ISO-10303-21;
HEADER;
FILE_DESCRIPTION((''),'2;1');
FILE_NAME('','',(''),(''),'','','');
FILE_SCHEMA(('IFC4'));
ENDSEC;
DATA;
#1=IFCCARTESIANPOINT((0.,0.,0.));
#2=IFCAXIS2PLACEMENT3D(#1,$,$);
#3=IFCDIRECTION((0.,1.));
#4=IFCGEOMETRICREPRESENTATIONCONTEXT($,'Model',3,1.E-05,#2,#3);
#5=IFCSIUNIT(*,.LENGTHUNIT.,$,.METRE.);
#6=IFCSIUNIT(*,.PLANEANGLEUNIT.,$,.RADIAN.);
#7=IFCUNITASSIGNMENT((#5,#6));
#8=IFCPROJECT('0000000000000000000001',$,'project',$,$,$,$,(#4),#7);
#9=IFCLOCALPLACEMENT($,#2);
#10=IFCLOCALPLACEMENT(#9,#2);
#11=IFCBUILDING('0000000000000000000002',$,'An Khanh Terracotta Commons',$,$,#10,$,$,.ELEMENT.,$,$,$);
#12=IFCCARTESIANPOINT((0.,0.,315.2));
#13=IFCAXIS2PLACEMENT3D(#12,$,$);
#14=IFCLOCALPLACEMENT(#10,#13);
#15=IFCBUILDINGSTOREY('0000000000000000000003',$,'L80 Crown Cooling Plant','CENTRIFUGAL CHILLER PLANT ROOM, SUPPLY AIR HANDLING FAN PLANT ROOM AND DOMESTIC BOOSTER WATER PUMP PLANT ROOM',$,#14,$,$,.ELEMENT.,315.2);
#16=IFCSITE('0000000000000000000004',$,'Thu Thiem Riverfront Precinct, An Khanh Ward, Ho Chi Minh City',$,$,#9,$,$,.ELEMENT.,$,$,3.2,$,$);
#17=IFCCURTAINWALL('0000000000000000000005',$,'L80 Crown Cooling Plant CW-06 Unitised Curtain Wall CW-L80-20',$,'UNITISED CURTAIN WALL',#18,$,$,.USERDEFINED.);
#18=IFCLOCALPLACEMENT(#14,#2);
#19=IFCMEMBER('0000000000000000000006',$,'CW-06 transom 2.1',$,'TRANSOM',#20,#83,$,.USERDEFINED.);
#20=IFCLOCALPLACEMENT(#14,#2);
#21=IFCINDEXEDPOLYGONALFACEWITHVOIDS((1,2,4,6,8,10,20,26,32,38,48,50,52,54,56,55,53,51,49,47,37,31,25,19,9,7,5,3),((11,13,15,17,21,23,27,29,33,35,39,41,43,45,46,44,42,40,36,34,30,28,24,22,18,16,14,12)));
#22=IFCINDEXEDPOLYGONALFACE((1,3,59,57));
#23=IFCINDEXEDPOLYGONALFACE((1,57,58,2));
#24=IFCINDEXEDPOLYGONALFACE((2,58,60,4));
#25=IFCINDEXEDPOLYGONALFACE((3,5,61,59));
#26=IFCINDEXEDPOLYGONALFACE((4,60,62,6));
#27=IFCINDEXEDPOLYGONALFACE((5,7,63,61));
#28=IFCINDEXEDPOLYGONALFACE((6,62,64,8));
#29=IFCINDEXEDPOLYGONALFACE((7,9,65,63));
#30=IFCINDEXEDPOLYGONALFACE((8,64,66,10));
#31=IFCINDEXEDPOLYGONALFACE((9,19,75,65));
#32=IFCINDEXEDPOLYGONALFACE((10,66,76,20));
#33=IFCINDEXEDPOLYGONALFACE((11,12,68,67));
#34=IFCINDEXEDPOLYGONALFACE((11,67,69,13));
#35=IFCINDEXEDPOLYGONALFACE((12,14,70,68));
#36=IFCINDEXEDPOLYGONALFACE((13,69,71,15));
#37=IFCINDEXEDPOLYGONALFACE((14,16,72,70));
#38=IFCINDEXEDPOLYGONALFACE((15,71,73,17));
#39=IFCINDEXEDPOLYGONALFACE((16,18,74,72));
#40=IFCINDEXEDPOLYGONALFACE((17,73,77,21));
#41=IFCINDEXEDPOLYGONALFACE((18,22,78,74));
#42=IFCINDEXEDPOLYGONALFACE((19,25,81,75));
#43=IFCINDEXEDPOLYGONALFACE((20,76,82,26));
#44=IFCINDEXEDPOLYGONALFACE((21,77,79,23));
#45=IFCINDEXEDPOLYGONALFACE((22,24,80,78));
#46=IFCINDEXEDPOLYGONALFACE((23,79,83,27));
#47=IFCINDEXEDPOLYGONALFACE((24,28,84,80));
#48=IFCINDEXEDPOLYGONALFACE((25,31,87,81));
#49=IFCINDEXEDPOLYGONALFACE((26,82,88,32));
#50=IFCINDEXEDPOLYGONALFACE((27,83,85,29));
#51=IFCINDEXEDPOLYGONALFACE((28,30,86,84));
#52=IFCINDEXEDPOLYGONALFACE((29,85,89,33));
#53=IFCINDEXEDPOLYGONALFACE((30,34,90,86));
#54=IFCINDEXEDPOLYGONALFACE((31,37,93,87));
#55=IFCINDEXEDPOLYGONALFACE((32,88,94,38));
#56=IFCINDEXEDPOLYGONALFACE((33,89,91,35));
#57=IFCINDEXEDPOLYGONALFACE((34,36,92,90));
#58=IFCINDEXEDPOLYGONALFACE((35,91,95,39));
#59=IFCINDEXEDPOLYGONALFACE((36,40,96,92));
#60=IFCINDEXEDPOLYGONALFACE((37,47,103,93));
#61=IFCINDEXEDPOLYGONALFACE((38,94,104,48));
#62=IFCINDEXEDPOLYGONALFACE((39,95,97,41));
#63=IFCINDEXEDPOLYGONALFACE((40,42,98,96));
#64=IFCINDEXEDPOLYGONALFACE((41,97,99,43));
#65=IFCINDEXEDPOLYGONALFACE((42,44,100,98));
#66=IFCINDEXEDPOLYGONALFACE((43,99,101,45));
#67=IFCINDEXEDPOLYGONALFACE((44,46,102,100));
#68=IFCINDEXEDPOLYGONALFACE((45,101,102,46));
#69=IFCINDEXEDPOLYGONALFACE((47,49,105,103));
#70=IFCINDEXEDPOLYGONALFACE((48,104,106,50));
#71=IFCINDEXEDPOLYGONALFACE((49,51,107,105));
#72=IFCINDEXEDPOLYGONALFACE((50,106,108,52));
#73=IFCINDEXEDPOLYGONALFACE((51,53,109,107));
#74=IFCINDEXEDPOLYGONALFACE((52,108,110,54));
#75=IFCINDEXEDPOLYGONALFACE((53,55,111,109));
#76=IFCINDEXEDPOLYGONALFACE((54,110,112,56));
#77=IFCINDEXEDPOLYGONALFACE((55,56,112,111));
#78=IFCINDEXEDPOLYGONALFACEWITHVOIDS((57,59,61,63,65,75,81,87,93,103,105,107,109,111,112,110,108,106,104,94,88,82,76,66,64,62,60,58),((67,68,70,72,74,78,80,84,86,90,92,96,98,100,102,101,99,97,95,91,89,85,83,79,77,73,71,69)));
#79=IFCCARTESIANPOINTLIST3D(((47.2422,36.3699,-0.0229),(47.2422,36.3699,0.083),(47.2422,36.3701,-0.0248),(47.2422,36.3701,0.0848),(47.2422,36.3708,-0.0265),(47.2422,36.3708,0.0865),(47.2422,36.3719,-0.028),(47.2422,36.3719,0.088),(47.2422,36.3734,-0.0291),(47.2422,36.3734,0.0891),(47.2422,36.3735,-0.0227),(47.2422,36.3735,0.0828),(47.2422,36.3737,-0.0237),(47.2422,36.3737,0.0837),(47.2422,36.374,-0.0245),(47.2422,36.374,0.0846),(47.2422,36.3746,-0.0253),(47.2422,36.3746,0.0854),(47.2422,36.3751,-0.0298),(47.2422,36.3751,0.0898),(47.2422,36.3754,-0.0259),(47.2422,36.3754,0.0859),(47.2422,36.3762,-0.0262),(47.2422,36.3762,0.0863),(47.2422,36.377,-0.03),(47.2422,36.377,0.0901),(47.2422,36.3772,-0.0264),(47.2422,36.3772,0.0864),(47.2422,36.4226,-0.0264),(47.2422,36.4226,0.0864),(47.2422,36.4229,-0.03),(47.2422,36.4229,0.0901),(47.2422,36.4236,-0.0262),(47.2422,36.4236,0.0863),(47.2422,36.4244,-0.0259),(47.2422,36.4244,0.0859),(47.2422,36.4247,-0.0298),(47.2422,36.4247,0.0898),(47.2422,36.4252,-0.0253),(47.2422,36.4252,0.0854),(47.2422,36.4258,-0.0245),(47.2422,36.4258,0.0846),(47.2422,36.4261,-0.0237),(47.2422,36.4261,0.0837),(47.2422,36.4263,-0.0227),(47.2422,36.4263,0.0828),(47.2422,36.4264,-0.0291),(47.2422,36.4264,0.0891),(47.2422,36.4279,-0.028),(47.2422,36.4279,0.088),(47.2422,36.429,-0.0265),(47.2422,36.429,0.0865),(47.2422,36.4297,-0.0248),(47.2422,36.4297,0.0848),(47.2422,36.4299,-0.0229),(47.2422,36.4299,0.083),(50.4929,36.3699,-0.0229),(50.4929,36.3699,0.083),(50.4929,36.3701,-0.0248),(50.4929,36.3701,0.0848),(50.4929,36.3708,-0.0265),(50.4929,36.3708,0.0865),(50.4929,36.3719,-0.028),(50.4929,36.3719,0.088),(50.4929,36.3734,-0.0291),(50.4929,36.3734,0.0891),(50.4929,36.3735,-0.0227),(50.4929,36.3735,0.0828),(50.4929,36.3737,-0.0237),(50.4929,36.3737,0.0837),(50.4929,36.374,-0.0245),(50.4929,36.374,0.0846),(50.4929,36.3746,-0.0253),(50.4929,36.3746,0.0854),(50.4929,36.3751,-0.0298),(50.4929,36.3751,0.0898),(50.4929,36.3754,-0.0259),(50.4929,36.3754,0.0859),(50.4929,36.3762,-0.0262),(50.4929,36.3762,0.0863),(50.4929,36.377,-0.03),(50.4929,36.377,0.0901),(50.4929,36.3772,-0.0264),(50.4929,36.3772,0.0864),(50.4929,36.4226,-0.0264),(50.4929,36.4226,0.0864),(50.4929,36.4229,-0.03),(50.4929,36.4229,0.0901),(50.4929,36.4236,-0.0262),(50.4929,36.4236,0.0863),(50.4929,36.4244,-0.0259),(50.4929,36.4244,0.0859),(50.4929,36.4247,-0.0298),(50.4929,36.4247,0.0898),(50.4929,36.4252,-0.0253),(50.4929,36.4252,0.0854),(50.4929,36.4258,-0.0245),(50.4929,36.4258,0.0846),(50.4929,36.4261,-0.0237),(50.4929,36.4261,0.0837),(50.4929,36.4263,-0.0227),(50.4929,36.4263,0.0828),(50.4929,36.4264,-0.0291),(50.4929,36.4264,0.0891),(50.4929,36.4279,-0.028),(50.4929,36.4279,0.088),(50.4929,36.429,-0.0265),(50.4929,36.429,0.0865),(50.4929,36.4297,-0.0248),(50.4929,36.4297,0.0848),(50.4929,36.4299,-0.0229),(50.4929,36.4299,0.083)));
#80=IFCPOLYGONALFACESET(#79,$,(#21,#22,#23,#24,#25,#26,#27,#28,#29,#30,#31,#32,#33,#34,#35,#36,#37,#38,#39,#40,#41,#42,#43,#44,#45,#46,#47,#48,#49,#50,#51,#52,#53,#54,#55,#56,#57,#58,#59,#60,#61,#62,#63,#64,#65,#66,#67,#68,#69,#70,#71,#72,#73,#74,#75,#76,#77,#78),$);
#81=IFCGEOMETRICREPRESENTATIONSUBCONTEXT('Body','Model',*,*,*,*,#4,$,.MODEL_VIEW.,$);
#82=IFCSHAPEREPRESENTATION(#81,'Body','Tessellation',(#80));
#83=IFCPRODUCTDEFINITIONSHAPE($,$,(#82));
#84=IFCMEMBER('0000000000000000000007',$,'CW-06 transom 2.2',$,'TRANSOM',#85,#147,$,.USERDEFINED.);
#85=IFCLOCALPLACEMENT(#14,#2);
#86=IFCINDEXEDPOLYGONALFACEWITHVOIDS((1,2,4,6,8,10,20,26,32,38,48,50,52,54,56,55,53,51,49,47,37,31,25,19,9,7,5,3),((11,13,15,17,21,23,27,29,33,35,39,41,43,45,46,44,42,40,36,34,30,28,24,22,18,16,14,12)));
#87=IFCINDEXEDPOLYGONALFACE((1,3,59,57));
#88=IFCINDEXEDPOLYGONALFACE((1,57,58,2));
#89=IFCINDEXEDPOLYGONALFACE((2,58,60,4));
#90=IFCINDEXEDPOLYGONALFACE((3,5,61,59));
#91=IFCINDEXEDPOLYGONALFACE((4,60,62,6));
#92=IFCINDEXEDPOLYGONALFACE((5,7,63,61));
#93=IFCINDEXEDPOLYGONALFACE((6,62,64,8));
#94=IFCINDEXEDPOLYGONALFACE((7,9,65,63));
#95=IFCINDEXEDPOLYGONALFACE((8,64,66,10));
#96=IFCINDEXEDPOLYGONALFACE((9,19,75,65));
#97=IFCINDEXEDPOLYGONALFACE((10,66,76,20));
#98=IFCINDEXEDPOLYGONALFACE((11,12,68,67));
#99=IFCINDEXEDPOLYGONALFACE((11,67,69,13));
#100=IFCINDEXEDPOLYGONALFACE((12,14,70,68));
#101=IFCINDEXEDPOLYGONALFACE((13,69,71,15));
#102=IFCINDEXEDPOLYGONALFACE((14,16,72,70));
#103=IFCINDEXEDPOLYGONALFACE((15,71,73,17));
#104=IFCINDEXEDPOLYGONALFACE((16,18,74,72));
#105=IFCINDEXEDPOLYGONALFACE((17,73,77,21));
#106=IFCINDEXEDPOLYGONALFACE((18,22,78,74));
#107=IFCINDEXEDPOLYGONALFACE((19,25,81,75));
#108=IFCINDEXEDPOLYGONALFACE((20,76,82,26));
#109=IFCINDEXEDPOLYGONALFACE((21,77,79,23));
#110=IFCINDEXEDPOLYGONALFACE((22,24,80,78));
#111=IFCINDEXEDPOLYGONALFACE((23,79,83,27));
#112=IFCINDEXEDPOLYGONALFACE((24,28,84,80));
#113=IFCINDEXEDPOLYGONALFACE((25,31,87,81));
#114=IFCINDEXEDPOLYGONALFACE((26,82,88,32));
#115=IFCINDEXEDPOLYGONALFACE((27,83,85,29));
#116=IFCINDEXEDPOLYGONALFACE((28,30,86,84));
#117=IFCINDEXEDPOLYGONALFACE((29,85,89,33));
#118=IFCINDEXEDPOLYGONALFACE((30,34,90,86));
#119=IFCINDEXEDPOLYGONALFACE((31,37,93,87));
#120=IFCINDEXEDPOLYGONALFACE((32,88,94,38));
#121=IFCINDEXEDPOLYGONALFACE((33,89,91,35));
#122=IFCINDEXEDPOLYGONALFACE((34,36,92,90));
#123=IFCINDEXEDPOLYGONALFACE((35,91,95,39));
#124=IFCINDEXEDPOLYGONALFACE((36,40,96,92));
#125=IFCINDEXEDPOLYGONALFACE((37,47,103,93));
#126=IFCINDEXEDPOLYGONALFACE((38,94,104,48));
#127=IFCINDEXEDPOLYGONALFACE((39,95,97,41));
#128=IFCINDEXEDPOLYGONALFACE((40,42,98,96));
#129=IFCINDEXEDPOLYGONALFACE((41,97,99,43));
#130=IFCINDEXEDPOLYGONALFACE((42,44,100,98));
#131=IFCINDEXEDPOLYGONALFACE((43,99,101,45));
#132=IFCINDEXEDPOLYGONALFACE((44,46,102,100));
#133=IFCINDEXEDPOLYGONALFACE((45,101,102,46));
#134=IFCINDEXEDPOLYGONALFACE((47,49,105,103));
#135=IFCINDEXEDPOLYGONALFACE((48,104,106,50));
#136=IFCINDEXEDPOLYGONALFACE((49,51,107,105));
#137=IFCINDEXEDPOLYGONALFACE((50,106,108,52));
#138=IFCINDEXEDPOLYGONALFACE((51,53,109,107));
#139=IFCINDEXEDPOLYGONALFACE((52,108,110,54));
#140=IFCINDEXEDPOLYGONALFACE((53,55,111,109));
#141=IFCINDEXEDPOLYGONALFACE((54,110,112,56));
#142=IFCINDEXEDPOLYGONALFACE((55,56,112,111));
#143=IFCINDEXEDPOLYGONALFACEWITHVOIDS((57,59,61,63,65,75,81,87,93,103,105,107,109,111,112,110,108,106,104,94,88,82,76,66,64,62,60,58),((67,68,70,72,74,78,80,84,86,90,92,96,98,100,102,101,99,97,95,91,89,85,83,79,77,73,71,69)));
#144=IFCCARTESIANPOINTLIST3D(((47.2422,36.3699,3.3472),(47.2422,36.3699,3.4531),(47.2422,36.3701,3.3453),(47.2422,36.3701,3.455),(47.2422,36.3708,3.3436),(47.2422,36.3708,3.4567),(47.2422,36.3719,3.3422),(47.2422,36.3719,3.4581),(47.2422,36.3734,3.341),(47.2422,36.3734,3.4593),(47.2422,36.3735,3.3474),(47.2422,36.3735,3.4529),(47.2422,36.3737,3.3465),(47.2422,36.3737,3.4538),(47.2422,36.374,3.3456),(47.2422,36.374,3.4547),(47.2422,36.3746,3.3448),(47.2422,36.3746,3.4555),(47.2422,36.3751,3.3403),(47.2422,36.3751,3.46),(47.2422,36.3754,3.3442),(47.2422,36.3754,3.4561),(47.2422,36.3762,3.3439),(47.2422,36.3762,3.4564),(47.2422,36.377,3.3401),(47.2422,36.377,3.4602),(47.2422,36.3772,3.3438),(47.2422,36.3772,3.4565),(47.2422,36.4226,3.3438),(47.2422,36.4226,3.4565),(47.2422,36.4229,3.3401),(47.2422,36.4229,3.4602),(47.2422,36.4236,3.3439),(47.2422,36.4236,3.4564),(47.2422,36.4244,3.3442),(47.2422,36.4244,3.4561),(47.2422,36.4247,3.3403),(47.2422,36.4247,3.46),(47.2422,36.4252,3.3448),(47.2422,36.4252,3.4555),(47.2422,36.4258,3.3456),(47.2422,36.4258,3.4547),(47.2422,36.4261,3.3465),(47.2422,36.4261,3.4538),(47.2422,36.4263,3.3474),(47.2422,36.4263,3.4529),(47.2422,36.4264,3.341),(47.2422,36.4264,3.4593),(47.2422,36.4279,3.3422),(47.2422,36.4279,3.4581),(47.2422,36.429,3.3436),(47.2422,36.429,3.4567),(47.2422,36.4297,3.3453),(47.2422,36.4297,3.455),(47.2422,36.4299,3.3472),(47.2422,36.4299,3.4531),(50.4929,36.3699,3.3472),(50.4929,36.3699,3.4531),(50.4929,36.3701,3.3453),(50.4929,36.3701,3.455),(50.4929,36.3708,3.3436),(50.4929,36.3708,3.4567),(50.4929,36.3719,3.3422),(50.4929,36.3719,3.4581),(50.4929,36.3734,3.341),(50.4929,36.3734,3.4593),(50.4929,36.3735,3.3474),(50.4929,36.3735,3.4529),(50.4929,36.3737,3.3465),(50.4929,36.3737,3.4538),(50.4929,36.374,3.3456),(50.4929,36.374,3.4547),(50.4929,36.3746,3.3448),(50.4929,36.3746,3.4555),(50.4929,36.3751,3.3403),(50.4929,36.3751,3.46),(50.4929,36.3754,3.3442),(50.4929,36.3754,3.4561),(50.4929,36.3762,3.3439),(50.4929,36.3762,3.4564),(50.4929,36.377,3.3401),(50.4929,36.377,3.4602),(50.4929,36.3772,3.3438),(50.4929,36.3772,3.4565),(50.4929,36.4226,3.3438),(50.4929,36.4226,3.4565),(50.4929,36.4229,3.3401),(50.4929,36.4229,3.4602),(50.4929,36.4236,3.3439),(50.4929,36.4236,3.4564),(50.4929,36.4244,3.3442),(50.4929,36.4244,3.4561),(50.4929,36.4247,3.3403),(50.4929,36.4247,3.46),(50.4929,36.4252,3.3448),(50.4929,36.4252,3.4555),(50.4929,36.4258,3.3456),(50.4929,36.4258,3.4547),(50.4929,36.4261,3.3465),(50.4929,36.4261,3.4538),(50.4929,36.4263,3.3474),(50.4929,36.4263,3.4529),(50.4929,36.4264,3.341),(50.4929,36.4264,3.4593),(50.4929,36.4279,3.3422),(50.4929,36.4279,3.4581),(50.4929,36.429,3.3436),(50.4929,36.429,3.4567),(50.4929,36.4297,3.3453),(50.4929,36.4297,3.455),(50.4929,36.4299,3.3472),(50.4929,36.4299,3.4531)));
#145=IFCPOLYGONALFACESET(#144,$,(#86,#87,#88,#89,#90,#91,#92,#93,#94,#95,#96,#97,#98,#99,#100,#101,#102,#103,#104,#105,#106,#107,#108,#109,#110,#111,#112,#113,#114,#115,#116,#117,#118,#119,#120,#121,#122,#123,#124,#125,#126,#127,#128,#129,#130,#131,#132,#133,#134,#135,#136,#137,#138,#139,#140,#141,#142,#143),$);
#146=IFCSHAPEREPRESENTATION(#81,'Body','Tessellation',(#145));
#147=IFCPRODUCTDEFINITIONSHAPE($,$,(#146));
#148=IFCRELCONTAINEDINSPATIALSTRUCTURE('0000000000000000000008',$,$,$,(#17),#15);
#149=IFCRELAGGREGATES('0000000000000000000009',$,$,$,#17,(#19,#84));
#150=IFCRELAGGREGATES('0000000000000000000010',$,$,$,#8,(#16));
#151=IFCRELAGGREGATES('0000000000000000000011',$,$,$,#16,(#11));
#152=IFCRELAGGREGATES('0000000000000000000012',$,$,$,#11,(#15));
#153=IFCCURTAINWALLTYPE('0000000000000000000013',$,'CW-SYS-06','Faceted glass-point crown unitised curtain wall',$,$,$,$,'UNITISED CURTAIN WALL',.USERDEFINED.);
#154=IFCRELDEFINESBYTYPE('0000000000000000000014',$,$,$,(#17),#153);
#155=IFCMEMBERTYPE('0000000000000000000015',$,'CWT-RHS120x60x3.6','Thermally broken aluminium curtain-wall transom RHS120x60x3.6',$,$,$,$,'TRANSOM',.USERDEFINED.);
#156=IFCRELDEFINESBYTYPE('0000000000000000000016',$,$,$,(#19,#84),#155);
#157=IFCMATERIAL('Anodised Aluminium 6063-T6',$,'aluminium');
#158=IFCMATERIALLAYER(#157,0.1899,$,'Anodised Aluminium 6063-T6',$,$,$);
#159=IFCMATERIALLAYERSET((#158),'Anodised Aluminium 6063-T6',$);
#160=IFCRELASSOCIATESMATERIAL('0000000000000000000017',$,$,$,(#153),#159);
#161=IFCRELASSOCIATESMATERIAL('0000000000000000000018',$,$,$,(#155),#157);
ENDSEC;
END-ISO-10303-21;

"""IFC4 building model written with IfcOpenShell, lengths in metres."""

from ifc_helpers import new_model, si_unit, direction, frame, origin, origin_2d, place, context, subcontext, project, spatial, hollow_rectangle, extrude, material, layer, layer_set, material_profile, profile_set, type_object, element, aggregate, save


model = new_model("IFC4")

# Units and contexts
model_context = context("Model", 3, precision=1e-05, world=origin(), true_north=direction((0.0, 1.0)))
body_context = subcontext(model_context, "Body", "Model", "MODEL_VIEW")
ifc_project = project(units=[si_unit("LENGTHUNIT", "METRE"), si_unit("PLANEANGLEUNIT", "RADIAN")], contexts=[model_context])

# Site, building, storey
site_placement = place(None, origin())
site = spatial("IfcSite", under=ifc_project, at=site_placement, Name="Thu Thiem Riverfront Precinct, An Khanh Ward, Ho Chi Minh City", CompositionType="ELEMENT", RefElevation=3.2)
building_placement = place(site_placement, origin())
building = spatial("IfcBuilding", under=site, at=building_placement, Name="An Khanh Terracotta Commons", CompositionType="ELEMENT")
storey_placement = place(building_placement, frame((0.0, 0.0, 315.2)))
storey = spatial("IfcBuildingStorey", under=building, at=storey_placement, Name="L80 Crown Cooling Plant", Description="CENTRIFUGAL CHILLER PLANT ROOM, SUPPLY AIR HANDLING FAN PLANT ROOM AND DOMESTIC BOOSTER WATER PUMP PLANT ROOM", CompositionType="ELEMENT", Elevation=315.2)

# Curtain wall, members
ifc_material_1 = material(Name="Anodised Aluminium 6063-T6", Category="aluminium")
ifc_layer_1 = layer(ifc_material_1, 0.1899, Name="Anodised Aluminium 6063-T6")
ifc_layer_set_1 = layer_set([ifc_layer_1], Name="Anodised Aluminium 6063-T6")
curtain_wall_type = type_object("IfcCurtainWallType", Name="CW-SYS-06", Description="Faceted glass-point crown unitised curtain wall", ElementType="UNITISED CURTAIN WALL", PredefinedType="USERDEFINED", material=ifc_layer_set_1)
curtain_wall_placement = place(storey_placement, origin())
curtain_wall = element("IfcCurtainWall", 1, at=curtain_wall_placement, inside=storey, type_object=curtain_wall_type, Name="L80 Crown Cooling Plant CW-06 Unitised Curtain Wall CW-L80-20", ObjectType="UNITISED CURTAIN WALL", PredefinedType="USERDEFINED")
ifc_material_profile_1 = material_profile(ifc_material_1, hollow_rectangle(XDim=0.0601, YDim=0.1201, WallThickness=0.0037, InnerFilletRadius=0.0037, OuterFilletRadius=0.0071, at=origin_2d()), Name="RHS120x60x3.6")
ifc_profile_set_1 = profile_set([ifc_material_profile_1], Name="Anodised Aluminium 6063-T6")
member_type_1 = type_object("IfcMemberType", Name="CWT-RHS120x60x3.6", Description="Thermally broken aluminium curtain-wall transom RHS120x60x3.6", ElementType="TRANSOM", PredefinedType="USERDEFINED", material=ifc_profile_set_1)
member_1_placement = place(storey_placement, frame((50.4929, 36.3999, 0.03), z_axis=(-1.0, 0.0, 0.0), x_axis=(0.0, -1.0, 0.0)))
member_1 = element("IfcMember", 2, at=member_1_placement, type_object=member_type_1, Name="CW-06 transom 2.1", ObjectType="TRANSOM", PredefinedType="USERDEFINED", context=body_context, shape_type="SweptSolid", body=[
    extrude(hollow_rectangle(XDim=0.0601, YDim=0.1201, WallThickness=0.0037, InnerFilletRadius=0.0037, OuterFilletRadius=0.0071, at=origin_2d()), origin(), (0.0, 0.0, 1.0), 3.2507),
])
member_2_placement = place(storey_placement, frame((50.4929, 36.3999, 3.4001), z_axis=(-1.0, 0.0, 0.0), x_axis=(0.0, -1.0, 0.0)))
member_2 = element("IfcMember", 3, at=member_2_placement, type_object=member_type_1, Name="CW-06 transom 2.2", ObjectType="TRANSOM", PredefinedType="USERDEFINED", context=body_context, shape_type="SweptSolid", body=[
    extrude(hollow_rectangle(XDim=0.0601, YDim=0.1201, WallThickness=0.0037, InnerFilletRadius=0.0037, OuterFilletRadius=0.0071, at=origin_2d()), origin(), (0.0, 0.0, 1.0), 3.2507),
])

aggregate(curtain_wall, [member_1, member_2])

save(model, "model.ifc")
